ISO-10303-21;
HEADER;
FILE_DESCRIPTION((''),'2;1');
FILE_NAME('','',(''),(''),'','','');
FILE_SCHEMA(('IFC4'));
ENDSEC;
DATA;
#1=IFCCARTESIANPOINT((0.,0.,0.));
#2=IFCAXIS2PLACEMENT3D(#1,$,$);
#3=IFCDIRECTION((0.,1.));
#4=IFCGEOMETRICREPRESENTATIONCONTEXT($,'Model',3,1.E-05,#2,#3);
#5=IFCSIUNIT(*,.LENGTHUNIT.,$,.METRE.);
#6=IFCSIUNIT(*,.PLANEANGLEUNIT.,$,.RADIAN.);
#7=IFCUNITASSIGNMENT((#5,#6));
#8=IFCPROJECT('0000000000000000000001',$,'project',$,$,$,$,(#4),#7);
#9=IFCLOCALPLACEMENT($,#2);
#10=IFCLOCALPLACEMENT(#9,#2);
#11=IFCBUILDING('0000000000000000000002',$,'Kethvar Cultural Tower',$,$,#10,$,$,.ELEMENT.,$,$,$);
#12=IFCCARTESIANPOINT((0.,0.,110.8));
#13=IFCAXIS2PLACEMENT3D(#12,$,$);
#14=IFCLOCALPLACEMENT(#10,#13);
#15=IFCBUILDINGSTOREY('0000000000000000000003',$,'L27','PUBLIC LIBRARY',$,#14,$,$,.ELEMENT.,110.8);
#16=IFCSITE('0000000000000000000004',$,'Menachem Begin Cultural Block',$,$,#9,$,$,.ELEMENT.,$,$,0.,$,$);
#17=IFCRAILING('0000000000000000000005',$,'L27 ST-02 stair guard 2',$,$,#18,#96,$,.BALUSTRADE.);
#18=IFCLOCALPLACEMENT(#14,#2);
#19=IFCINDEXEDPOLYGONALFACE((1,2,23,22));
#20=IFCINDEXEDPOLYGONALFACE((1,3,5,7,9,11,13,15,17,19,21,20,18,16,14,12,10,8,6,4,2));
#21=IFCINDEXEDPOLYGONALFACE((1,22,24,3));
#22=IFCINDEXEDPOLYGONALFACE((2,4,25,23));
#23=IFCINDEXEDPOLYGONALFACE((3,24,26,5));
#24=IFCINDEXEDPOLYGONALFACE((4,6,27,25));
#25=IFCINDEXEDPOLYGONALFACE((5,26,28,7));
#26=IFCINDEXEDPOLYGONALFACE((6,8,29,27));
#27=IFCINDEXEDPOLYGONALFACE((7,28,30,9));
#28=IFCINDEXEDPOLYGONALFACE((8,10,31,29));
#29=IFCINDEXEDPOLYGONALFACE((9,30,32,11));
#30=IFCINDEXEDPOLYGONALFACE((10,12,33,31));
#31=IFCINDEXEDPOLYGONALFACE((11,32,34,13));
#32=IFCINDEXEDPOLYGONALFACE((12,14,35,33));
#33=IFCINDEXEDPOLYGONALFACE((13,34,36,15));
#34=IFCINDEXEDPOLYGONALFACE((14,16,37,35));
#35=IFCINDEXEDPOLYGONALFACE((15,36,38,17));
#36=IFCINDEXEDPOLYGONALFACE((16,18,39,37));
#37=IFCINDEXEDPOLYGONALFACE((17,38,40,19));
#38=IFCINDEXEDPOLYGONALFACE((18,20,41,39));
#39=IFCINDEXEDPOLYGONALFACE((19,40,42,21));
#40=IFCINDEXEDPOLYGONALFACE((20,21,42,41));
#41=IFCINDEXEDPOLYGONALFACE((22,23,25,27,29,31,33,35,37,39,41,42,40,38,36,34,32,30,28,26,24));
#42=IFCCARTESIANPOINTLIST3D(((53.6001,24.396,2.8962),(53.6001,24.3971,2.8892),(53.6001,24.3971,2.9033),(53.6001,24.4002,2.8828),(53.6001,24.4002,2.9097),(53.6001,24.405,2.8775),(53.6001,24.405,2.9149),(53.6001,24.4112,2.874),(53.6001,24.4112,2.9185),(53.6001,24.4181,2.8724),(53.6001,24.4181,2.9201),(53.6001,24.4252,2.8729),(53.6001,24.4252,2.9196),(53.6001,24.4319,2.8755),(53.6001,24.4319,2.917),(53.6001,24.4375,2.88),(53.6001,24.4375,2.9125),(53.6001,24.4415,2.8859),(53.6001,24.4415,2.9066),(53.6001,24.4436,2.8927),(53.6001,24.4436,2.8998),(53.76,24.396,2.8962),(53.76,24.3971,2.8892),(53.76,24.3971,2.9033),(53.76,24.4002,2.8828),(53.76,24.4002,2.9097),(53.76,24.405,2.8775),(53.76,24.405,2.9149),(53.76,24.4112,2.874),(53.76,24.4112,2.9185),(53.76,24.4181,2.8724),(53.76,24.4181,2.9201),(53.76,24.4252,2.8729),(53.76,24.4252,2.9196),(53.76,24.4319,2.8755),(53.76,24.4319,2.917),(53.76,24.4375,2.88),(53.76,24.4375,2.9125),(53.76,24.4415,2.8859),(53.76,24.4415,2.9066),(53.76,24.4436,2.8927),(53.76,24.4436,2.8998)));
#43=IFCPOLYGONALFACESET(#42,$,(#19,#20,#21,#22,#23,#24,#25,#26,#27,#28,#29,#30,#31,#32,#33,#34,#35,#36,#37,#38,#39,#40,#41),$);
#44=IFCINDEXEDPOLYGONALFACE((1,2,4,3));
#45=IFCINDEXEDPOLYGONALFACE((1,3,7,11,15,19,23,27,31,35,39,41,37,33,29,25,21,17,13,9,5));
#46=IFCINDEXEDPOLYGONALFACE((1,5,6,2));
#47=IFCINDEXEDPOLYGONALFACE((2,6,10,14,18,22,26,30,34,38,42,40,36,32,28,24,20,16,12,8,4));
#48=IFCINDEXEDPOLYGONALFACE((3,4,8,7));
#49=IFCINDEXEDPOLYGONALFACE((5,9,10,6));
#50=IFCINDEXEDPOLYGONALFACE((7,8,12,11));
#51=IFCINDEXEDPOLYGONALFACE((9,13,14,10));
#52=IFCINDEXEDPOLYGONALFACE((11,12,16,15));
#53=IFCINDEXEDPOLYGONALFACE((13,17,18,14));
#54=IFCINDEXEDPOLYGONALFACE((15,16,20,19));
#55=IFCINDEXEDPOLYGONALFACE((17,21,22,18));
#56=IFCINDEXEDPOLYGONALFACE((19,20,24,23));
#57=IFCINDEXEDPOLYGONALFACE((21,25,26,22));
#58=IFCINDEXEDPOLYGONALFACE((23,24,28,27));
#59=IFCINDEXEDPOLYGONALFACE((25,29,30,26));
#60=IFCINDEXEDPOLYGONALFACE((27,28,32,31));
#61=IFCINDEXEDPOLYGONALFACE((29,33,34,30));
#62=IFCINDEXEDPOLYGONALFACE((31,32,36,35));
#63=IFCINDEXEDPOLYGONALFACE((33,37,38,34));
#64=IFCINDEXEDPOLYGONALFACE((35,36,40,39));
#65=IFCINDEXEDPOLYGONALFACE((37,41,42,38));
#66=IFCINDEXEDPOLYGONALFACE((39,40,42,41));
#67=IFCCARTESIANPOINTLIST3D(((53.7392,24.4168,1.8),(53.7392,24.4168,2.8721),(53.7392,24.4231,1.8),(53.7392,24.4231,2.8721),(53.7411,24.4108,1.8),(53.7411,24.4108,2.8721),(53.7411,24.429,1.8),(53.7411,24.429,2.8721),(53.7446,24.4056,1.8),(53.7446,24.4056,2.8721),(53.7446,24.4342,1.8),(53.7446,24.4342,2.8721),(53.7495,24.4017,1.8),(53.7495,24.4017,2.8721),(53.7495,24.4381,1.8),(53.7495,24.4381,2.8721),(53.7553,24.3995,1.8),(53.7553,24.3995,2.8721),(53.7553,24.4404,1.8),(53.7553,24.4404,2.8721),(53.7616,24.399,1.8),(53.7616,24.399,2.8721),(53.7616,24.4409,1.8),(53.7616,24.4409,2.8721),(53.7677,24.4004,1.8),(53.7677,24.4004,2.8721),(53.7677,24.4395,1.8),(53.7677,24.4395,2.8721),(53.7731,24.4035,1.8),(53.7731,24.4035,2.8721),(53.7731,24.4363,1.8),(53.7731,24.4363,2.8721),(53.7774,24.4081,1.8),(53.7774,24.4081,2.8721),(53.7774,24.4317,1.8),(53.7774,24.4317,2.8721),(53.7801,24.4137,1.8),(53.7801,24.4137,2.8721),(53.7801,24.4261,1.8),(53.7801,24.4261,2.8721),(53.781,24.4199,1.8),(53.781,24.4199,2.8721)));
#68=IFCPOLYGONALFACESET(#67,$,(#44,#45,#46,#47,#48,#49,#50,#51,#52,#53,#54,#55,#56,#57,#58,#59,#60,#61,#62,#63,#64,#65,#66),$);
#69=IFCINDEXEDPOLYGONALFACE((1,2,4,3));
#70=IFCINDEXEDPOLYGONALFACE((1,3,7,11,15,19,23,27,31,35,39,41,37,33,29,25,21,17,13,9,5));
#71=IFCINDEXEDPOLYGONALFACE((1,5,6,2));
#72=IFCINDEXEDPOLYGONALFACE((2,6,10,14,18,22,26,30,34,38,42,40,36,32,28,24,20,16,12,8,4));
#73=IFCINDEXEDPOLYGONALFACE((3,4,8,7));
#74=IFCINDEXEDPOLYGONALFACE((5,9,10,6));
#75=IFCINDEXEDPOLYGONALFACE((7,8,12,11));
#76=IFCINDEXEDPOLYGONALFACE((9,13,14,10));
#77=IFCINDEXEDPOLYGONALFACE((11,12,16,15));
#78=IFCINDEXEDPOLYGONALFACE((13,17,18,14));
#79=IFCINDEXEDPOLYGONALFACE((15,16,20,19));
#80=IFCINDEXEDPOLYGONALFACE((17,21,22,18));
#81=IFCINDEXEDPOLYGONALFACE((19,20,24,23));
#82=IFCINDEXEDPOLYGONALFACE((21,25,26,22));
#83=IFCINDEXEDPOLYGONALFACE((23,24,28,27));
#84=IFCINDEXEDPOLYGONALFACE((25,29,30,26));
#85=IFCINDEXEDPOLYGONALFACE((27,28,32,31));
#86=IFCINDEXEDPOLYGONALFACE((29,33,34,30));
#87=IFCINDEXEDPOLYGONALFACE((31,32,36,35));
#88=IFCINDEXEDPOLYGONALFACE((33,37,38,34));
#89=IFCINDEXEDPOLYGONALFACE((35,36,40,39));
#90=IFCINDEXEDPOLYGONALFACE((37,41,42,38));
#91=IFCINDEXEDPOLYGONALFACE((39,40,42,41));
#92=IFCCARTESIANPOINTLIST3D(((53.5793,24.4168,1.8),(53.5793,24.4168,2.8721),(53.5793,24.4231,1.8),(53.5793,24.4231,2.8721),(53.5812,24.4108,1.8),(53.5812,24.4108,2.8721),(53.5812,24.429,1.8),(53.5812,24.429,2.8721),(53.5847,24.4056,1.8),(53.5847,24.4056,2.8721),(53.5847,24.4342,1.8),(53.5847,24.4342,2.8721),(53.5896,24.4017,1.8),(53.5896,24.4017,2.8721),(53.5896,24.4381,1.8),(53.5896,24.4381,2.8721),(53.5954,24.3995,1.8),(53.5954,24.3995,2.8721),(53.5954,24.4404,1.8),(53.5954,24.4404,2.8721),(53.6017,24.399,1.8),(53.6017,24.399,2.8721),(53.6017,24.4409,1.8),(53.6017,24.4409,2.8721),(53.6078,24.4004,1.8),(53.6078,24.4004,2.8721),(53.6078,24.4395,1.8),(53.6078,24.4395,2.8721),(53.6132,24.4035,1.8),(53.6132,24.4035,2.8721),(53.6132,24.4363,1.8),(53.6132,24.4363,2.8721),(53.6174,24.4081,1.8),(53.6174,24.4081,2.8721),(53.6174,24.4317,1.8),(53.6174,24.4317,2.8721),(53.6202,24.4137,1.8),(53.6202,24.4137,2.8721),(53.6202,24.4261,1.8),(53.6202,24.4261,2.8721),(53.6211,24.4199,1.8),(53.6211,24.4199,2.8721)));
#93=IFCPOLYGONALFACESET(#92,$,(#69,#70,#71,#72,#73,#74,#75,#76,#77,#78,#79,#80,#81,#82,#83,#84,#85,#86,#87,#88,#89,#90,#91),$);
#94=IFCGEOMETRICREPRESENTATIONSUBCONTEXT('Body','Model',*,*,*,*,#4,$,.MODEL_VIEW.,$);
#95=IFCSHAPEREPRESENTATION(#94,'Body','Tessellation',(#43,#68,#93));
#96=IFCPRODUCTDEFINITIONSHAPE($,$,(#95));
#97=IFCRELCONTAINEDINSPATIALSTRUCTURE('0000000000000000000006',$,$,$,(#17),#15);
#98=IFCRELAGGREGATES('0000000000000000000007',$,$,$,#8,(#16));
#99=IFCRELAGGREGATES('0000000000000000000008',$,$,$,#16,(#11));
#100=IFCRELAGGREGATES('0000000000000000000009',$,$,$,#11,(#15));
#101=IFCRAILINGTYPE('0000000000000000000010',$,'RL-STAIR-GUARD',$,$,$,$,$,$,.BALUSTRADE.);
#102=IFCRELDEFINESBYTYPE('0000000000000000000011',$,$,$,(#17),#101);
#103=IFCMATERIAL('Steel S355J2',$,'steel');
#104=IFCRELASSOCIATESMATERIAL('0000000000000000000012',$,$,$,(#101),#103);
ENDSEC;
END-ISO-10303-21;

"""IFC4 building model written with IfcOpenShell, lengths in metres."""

from ifc_helpers import new_model, si_unit, direction, frame, origin, origin_2d, place, context, subcontext, project, spatial, circle, extrude, material, type_object, element, save


model = new_model("IFC4")

# Units and contexts
model_context = context("Model", 3, precision=1e-05, world=origin(), true_north=direction((0.0, 1.0)))
body_context = subcontext(model_context, "Body", "Model", "MODEL_VIEW")
ifc_project = project(units=[si_unit("LENGTHUNIT", "METRE"), si_unit("PLANEANGLEUNIT", "RADIAN")], contexts=[model_context])

# Site, building, storey
site_placement = place(None, origin())
site = spatial("IfcSite", under=ifc_project, at=site_placement, Name="Menachem Begin Cultural Block", CompositionType="ELEMENT", RefElevation=0.0)
building_placement = place(site_placement, origin())
building = spatial("IfcBuilding", under=site, at=building_placement, Name="Kethvar Cultural Tower", CompositionType="ELEMENT")
storey_placement = place(building_placement, frame((0.0, 0.0, 110.8)))
storey = spatial("IfcBuildingStorey", under=building, at=storey_placement, Name="L27", Description="PUBLIC LIBRARY", CompositionType="ELEMENT", Elevation=110.8)

# Shared definitions
ifc_material_1 = material(Name="Steel S355J2", Category="steel")

# Railing
railing_type_1 = type_object("IfcRailingType", Name="RL-STAIR-GUARD", PredefinedType="BALUSTRADE", material=ifc_material_1)
railing_1_placement = place(storey_placement, frame((53.76, 24.4199, 1.8)))
element("IfcRailing", 1, at=railing_1_placement, inside=storey, type_object=railing_type_1, Name="L27 ST-02 stair guard 2", PredefinedType="BALUSTRADE", context=body_context, shape_type="SweptSolid", body=[
    extrude(circle(Radius=0.0239, at=origin_2d()), frame((0.0, 0.0, 1.0962), z_axis=(-1.0, 0.0, 0.0), x_axis=(0.0, -1.0, 0.0)), (0.0, 0.0, 1.0), 0.1599),
    extrude(circle(Radius=0.021, at=origin_2d()), origin(), (0.0, 0.0, 1.0), 1.072),
    extrude(circle(Radius=0.021, at=origin_2d()), frame((-0.1599, 0.0, 0.0)), (0.0, 0.0, 1.0), 1.072),
])

save(model, "model.ifc")
